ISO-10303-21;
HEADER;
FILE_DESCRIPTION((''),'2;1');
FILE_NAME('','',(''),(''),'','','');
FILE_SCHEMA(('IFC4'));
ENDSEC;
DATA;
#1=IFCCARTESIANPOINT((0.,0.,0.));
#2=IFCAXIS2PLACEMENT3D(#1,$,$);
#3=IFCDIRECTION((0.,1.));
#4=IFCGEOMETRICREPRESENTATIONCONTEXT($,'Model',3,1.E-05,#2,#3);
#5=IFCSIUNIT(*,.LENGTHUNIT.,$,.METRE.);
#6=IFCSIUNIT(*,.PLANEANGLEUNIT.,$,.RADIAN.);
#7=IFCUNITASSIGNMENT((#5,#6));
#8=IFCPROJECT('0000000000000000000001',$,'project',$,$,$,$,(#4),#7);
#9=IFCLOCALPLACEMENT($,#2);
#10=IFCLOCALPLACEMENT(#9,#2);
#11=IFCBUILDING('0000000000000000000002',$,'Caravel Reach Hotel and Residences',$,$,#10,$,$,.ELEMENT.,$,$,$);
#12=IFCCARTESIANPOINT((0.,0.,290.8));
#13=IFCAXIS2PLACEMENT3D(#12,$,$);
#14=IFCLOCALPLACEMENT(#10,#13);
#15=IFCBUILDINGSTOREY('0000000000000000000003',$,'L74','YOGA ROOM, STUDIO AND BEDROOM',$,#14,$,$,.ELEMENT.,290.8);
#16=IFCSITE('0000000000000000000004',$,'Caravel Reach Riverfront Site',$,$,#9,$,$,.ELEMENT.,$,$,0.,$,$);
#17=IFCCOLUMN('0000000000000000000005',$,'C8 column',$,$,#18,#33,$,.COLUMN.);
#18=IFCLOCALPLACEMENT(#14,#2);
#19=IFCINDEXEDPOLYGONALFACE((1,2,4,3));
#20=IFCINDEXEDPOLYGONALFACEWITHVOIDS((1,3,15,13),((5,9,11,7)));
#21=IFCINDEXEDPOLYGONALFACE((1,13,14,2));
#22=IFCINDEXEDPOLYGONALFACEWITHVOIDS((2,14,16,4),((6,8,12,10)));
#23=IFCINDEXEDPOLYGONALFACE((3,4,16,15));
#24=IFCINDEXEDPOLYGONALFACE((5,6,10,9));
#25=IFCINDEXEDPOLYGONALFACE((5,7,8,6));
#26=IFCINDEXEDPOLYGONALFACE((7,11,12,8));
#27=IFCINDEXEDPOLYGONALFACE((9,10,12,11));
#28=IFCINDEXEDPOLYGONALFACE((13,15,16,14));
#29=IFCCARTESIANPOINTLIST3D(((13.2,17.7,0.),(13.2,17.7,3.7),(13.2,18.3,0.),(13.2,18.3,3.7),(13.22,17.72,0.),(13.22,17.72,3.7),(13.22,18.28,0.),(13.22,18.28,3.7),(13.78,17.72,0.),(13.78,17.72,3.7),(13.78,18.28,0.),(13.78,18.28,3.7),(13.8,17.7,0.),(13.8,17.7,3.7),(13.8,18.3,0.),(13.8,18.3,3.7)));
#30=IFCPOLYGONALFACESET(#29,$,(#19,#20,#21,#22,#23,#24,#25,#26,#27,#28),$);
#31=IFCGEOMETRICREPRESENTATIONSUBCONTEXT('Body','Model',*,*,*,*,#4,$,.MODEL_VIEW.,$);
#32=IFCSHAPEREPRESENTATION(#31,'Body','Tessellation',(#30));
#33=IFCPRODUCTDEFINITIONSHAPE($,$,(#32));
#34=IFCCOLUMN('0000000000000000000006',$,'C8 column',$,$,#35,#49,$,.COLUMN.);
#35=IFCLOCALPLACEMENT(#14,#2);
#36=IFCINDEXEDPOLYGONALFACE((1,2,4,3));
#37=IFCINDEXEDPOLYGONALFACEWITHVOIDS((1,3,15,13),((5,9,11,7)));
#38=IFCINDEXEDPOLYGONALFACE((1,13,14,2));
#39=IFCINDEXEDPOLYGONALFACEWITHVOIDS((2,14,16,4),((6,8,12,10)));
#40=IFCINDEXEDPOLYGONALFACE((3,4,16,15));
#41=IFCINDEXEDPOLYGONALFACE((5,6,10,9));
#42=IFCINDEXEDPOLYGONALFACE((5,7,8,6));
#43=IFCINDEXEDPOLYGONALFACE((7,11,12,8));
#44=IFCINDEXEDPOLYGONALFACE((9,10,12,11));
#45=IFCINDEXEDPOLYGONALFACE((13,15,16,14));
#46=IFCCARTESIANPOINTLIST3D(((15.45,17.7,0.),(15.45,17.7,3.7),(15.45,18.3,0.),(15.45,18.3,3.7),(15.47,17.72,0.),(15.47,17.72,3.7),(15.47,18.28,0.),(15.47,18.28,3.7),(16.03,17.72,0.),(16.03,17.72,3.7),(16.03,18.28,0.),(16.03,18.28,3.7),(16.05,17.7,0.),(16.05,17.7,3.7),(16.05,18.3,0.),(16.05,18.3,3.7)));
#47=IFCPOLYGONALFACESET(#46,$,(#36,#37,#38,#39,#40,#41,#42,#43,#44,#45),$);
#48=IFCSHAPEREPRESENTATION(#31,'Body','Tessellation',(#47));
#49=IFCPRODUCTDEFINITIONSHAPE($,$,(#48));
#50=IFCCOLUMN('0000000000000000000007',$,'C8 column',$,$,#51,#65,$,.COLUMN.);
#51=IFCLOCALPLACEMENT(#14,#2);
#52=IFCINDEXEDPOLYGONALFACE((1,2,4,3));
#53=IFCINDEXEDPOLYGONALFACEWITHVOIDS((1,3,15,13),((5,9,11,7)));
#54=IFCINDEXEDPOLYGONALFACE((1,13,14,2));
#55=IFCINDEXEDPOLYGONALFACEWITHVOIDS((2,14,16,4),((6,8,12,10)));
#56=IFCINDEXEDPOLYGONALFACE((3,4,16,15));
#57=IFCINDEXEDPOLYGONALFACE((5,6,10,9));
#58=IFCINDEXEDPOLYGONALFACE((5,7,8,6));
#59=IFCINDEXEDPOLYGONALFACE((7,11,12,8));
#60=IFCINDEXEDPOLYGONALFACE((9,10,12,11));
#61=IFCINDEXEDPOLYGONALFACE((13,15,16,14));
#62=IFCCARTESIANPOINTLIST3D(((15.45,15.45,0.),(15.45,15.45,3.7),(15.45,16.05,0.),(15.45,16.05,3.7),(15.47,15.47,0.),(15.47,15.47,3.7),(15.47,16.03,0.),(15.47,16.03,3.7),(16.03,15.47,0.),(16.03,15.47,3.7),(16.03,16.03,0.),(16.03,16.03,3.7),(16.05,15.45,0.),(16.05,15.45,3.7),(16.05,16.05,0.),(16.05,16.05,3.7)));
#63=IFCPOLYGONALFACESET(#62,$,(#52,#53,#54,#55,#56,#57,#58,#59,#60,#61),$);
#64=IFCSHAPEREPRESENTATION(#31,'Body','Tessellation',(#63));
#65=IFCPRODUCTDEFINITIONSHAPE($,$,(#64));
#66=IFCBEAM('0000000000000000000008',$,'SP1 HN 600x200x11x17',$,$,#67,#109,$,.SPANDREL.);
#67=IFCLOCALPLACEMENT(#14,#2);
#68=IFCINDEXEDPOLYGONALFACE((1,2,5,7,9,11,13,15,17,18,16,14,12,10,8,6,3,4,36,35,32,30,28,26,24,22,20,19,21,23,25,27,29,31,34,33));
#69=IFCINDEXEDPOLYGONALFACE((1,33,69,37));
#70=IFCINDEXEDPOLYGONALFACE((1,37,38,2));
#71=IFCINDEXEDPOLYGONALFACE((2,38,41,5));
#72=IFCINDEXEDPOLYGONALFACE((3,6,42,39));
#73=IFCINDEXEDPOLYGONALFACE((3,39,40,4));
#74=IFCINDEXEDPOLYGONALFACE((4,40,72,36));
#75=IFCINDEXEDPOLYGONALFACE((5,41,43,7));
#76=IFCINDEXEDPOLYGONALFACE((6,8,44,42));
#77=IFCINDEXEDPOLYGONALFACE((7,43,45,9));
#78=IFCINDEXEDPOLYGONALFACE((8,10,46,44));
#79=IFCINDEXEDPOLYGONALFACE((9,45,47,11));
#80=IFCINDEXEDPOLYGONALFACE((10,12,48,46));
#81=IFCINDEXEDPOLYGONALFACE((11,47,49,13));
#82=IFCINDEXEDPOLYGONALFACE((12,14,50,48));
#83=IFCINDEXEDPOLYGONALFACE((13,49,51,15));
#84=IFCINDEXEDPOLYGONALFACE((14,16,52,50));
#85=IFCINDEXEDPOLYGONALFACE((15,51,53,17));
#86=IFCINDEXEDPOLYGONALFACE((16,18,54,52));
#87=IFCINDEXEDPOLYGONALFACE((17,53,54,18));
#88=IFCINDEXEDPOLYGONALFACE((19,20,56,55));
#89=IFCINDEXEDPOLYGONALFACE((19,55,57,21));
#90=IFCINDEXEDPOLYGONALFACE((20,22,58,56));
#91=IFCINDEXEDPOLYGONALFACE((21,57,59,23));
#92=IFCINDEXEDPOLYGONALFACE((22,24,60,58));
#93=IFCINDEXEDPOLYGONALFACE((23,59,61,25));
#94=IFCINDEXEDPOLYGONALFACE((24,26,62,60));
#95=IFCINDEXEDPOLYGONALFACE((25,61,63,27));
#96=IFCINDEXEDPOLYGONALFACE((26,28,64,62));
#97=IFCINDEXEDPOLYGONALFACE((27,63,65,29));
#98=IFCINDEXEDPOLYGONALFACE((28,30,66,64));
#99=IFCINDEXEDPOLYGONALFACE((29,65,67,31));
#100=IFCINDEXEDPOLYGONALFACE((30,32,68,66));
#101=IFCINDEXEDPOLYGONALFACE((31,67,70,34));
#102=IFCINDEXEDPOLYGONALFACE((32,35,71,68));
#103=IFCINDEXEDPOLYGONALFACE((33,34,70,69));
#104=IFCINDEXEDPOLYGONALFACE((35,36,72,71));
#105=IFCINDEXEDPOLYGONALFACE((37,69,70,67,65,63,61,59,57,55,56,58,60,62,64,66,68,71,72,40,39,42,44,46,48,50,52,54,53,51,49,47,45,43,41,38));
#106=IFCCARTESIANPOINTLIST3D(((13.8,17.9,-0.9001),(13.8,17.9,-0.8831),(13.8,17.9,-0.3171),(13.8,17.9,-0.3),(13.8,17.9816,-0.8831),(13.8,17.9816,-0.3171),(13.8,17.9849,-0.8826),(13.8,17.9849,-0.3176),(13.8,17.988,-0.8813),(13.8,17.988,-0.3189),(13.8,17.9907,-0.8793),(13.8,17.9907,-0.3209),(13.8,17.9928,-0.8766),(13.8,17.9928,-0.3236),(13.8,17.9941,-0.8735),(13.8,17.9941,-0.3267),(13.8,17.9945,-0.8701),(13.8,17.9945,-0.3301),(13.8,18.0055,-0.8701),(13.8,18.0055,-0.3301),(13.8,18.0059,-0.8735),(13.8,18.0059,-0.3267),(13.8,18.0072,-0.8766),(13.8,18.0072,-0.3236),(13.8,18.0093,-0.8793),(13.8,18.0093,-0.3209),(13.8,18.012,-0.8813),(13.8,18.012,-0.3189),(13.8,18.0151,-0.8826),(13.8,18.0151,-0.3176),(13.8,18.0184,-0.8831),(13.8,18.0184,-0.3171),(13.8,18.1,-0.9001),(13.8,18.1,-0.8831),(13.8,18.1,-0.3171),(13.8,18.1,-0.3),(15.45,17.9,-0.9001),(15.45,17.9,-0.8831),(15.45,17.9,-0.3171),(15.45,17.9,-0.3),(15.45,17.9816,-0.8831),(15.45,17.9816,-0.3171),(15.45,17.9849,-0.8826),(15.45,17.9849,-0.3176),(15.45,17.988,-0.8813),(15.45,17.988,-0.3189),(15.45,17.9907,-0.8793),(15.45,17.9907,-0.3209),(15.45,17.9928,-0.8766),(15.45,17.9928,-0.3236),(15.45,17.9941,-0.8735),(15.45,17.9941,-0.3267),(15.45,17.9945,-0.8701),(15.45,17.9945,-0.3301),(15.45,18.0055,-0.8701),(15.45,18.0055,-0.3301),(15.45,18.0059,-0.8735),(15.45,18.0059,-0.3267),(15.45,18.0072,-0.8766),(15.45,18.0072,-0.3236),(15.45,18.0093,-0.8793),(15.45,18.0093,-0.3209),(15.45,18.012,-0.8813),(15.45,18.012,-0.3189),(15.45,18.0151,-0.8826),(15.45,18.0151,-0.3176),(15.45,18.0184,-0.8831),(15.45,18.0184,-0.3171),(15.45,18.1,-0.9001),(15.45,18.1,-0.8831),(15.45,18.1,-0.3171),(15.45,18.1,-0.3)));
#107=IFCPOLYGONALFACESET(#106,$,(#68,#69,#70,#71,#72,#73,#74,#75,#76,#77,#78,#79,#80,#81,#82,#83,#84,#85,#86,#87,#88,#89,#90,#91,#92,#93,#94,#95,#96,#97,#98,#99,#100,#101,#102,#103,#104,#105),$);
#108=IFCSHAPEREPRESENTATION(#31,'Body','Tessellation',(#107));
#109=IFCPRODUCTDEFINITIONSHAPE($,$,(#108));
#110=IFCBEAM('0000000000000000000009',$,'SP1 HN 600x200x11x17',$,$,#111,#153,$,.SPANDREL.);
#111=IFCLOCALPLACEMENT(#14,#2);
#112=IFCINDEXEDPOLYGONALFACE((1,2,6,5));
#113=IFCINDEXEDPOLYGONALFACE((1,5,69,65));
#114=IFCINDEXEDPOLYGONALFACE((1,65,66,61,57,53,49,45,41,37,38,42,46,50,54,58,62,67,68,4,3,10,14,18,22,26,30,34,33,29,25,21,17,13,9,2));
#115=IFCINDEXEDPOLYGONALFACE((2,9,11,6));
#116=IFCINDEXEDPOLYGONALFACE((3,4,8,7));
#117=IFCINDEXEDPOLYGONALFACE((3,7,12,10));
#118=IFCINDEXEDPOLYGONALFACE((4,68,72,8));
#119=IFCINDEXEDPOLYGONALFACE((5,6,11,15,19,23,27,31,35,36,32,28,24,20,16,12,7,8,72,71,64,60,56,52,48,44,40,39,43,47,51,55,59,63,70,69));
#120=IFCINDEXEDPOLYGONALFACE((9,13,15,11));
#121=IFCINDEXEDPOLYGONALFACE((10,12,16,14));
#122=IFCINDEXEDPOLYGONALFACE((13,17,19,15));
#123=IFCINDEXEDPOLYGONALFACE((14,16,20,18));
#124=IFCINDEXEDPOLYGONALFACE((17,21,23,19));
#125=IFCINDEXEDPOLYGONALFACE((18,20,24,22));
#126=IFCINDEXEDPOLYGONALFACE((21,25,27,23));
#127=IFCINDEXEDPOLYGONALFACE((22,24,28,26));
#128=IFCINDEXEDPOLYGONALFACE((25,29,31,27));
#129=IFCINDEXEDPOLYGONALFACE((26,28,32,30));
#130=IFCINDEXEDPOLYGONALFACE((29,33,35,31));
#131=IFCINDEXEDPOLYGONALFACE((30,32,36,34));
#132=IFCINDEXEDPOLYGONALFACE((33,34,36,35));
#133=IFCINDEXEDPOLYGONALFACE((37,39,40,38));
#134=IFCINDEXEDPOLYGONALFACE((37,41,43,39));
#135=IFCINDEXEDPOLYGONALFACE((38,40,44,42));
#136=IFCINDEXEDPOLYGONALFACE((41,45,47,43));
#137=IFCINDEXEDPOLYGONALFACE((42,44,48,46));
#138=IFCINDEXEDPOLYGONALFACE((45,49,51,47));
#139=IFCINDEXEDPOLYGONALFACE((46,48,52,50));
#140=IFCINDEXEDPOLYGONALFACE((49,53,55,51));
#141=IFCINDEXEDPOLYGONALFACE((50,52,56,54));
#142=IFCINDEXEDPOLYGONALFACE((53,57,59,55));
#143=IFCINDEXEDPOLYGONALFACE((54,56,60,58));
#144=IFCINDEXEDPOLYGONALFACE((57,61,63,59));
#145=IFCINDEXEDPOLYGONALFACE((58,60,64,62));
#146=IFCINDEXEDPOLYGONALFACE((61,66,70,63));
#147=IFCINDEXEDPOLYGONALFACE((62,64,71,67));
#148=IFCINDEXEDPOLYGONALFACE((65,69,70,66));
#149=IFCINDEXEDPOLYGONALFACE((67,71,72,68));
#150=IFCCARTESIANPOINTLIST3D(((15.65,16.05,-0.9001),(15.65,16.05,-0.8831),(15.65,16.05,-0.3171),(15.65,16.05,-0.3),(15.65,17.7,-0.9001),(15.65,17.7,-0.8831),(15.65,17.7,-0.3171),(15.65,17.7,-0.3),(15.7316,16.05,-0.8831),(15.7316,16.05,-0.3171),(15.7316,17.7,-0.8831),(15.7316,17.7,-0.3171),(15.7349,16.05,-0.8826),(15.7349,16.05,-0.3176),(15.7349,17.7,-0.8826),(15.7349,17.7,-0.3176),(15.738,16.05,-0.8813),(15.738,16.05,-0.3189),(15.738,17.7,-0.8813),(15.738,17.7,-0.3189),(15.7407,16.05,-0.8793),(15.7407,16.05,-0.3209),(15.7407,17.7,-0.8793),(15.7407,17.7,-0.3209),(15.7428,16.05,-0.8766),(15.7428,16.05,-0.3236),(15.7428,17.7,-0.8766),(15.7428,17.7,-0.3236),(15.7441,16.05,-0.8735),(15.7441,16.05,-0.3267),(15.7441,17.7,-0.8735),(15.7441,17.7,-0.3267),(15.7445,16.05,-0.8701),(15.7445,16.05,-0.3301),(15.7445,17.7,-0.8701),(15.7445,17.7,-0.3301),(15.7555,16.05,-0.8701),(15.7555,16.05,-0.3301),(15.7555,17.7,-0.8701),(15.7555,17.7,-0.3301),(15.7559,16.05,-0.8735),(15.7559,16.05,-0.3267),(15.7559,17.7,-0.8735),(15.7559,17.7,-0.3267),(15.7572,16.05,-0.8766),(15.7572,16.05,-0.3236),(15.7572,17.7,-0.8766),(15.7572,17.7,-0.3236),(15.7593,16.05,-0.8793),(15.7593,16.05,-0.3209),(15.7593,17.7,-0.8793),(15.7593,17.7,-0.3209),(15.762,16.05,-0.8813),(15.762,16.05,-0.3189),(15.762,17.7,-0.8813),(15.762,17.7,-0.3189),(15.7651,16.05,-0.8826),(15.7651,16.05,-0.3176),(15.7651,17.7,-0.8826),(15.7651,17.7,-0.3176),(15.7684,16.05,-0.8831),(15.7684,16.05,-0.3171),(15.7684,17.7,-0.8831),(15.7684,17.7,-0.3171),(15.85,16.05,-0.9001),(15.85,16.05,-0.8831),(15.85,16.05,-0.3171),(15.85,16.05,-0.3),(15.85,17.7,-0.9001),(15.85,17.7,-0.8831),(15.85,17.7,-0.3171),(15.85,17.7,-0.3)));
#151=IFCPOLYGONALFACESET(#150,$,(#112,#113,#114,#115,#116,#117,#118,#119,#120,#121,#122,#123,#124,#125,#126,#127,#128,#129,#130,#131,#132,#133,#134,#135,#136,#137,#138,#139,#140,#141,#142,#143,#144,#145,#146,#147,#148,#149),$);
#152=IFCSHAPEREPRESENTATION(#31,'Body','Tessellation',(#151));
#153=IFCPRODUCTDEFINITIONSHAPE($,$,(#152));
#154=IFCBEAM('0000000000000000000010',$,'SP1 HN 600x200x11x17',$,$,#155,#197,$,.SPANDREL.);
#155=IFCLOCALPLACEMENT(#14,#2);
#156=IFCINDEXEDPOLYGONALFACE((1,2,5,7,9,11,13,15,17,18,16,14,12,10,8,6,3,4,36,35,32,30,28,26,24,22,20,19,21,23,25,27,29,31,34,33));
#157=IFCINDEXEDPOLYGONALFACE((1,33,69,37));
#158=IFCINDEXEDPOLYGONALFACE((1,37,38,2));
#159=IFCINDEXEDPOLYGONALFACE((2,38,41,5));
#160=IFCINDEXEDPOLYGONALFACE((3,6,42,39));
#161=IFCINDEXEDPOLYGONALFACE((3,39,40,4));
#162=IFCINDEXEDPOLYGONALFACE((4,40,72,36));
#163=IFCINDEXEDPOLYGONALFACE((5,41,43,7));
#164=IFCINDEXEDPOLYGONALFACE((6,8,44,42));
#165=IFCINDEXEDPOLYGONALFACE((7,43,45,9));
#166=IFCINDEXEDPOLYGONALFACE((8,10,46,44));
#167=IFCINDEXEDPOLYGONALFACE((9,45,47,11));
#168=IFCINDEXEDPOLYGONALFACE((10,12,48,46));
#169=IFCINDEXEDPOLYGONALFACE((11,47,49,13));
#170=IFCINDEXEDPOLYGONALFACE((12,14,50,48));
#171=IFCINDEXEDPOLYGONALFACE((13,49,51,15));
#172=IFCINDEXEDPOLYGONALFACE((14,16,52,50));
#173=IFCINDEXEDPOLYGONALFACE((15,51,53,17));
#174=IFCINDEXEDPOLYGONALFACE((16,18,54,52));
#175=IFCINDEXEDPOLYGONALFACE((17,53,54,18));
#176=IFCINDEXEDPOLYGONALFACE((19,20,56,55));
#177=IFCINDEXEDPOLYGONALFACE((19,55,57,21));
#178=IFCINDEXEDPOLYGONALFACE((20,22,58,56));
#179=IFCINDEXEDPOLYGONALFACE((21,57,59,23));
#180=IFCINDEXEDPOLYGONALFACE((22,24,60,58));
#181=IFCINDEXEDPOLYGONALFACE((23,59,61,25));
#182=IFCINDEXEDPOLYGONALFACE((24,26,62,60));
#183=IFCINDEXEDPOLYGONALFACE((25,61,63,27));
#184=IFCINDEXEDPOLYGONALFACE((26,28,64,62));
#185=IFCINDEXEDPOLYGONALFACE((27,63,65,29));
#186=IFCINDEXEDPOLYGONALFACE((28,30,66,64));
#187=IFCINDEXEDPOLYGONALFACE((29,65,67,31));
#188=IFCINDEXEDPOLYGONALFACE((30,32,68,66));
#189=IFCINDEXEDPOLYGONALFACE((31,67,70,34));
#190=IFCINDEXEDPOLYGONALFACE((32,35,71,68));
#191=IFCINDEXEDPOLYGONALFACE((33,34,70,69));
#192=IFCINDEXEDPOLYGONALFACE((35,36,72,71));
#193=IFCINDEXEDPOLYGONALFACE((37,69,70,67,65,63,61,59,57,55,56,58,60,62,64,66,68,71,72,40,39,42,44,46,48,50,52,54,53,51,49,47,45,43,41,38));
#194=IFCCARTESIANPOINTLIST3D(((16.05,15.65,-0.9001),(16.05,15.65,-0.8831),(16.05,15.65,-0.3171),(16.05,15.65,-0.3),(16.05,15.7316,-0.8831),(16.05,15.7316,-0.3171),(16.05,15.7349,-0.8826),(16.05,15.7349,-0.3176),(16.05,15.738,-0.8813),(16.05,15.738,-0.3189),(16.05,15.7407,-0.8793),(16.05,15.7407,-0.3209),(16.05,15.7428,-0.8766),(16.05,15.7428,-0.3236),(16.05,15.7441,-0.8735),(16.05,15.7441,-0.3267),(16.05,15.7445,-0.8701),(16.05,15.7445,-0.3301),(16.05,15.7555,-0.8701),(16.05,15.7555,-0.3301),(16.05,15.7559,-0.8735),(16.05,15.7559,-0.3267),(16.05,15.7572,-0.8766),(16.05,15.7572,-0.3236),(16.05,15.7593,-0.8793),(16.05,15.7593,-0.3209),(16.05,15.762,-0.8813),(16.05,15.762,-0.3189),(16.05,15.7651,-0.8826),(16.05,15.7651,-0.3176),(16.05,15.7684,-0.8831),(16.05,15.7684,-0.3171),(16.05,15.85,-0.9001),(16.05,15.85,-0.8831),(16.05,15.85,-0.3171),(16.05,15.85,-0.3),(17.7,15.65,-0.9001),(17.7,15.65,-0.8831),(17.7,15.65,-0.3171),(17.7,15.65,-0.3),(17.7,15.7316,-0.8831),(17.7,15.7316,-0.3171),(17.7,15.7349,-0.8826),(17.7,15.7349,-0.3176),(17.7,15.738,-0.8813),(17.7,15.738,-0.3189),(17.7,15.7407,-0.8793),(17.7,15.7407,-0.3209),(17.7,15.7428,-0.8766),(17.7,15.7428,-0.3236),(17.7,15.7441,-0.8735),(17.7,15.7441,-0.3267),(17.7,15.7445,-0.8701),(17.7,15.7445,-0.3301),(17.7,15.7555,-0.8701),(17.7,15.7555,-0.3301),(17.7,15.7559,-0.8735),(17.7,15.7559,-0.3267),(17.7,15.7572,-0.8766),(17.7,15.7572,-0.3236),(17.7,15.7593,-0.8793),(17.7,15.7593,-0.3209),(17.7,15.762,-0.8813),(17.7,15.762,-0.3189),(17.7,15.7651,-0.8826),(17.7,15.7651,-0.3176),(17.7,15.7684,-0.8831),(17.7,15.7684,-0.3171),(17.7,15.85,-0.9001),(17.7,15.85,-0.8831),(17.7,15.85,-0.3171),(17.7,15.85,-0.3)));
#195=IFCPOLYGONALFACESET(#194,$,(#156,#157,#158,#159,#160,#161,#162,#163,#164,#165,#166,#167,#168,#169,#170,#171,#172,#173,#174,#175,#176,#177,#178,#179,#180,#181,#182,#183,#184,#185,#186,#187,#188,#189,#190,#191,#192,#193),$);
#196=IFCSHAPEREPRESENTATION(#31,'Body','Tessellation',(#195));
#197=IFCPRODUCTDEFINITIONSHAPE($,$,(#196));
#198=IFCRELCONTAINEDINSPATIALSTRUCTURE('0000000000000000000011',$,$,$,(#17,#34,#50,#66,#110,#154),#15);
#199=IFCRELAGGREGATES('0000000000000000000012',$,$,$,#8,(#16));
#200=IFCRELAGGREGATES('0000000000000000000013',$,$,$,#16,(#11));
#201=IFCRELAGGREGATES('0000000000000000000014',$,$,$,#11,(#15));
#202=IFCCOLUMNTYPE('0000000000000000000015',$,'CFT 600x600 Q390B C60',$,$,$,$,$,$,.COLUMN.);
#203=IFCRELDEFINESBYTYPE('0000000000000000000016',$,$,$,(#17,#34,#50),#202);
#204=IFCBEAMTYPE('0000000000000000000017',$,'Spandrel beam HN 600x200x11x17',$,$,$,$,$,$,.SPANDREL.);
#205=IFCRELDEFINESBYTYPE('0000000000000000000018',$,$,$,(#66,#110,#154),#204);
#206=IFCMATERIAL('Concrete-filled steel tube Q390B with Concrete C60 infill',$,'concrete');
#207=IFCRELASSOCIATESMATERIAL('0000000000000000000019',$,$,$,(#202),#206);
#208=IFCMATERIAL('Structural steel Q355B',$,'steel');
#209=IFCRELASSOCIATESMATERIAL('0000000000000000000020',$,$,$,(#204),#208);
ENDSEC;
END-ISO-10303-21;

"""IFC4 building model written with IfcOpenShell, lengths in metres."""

from ifc_helpers import new_model, si_unit, direction, frame, origin, origin_2d, place, context, subcontext, project, spatial, hollow_rectangle, i_section, extrude, material, material_profile, profile_set, type_object, element, save


model = new_model("IFC4")

# Units and contexts
model_context = context("Model", 3, precision=1e-05, world=origin(), true_north=direction((0.0, 1.0)))
body_context = subcontext(model_context, "Body", "Model", "MODEL_VIEW")
ifc_project = project(units=[si_unit("LENGTHUNIT", "METRE"), si_unit("PLANEANGLEUNIT", "RADIAN")], contexts=[model_context])

# Site, building, storey
site_placement = place(None, origin())
site = spatial("IfcSite", under=ifc_project, at=site_placement, Name="Caravel Reach Riverfront Site", CompositionType="ELEMENT", RefElevation=0.0)
building_placement = place(site_placement, origin())
building = spatial("IfcBuilding", under=site, at=building_placement, Name="Caravel Reach Hotel and Residences", CompositionType="ELEMENT")
storey_placement = place(building_placement, frame((0.0, 0.0, 290.8)))
storey = spatial("IfcBuildingStorey", under=building, at=storey_placement, Name="L74", Description="YOGA ROOM, STUDIO AND BEDROOM", CompositionType="ELEMENT", Elevation=290.8)

# Columns
ifc_material_1 = material(Name="Concrete-filled steel tube Q390B with Concrete C60 infill", Category="concrete")
ifc_material_profile_1 = material_profile(ifc_material_1, hollow_rectangle(XDim=0.6001, YDim=0.6001, WallThickness=0.02, at=origin_2d()), Name="RHS 600x600x20")
ifc_profile_set_1 = profile_set([ifc_material_profile_1], Name="Concrete-filled steel tube Q390B with Concrete C60 infill")
column_type = type_object("IfcColumnType", Name="CFT 600x600 Q390B C60", PredefinedType="COLUMN", material=ifc_profile_set_1)
for number, where, z_axis, x_axis, name in (
    (1, (13.5, 18.0, 0.0), (0.0, 0.0, 1.0), (1.0, 0.0, 0.0), "C8 column"),
    (2, (15.75, 18.0, 0.0), (0.0, 0.0, 1.0), (1.0, 0.0, 0.0), "C8 column"),
    (3, (15.75, 15.75, 0.0), (0.0, 0.0, 1.0), (1.0, 0.0, 0.0), "C8 column"),
):
    element("IfcColumn", number, at=place(storey_placement, frame(where, z_axis=z_axis, x_axis=x_axis)), inside=storey, type_object=column_type, Name=name, PredefinedType="COLUMN", context=body_context, shape_type="SweptSolid", body=[
        extrude(hollow_rectangle(XDim=0.6001, YDim=0.6001, WallThickness=0.02, at=origin_2d()), origin(), (0.0, 0.0, 1.0), 3.7),
    ])

# Beams
ifc_material_2 = material(Name="Structural steel Q355B", Category="steel")
ifc_material_profile_2 = material_profile(ifc_material_2, i_section(OverallWidth=0.2, OverallDepth=0.6001, WebThickness=0.011, FlangeThickness=0.0171, FilletRadius=0.0129, at=origin_2d()), Name="HN 600x200x11x17")
ifc_profile_set_2 = profile_set([ifc_material_profile_2], Name="Structural steel Q355B")
beam_type = type_object("IfcBeamType", Name="Spandrel beam HN 600x200x11x17", PredefinedType="SPANDREL", material=ifc_profile_set_2)
for number, where, z_axis, x_axis, name in (
    (4, (13.8, 18.0, -0.6001), (1.0, 0.0, 0.0), (0.0, 1.0, 0.0), "SP1 HN 600x200x11x17"),
    (5, (15.75, 17.7, -0.6001), (0.0, -1.0, 0.0), (1.0, 0.0, 0.0), "SP1 HN 600x200x11x17"),
    (6, (16.05, 15.75, -0.6001), (1.0, 0.0, 0.0), (0.0, 1.0, 0.0), "SP1 HN 600x200x11x17"),
):
    element("IfcBeam", number, at=place(storey_placement, frame(where, z_axis=z_axis, x_axis=x_axis)), inside=storey, type_object=beam_type, Name=name, PredefinedType="SPANDREL", context=body_context, shape_type="SweptSolid", body=[
        extrude(i_section(OverallWidth=0.2, OverallDepth=0.6001, WebThickness=0.011, FlangeThickness=0.0171, FilletRadius=0.0129, at=origin_2d()), origin(), (0.0, 0.0, 1.0), 1.6499),
    ])

save(model, "model.ifc")
